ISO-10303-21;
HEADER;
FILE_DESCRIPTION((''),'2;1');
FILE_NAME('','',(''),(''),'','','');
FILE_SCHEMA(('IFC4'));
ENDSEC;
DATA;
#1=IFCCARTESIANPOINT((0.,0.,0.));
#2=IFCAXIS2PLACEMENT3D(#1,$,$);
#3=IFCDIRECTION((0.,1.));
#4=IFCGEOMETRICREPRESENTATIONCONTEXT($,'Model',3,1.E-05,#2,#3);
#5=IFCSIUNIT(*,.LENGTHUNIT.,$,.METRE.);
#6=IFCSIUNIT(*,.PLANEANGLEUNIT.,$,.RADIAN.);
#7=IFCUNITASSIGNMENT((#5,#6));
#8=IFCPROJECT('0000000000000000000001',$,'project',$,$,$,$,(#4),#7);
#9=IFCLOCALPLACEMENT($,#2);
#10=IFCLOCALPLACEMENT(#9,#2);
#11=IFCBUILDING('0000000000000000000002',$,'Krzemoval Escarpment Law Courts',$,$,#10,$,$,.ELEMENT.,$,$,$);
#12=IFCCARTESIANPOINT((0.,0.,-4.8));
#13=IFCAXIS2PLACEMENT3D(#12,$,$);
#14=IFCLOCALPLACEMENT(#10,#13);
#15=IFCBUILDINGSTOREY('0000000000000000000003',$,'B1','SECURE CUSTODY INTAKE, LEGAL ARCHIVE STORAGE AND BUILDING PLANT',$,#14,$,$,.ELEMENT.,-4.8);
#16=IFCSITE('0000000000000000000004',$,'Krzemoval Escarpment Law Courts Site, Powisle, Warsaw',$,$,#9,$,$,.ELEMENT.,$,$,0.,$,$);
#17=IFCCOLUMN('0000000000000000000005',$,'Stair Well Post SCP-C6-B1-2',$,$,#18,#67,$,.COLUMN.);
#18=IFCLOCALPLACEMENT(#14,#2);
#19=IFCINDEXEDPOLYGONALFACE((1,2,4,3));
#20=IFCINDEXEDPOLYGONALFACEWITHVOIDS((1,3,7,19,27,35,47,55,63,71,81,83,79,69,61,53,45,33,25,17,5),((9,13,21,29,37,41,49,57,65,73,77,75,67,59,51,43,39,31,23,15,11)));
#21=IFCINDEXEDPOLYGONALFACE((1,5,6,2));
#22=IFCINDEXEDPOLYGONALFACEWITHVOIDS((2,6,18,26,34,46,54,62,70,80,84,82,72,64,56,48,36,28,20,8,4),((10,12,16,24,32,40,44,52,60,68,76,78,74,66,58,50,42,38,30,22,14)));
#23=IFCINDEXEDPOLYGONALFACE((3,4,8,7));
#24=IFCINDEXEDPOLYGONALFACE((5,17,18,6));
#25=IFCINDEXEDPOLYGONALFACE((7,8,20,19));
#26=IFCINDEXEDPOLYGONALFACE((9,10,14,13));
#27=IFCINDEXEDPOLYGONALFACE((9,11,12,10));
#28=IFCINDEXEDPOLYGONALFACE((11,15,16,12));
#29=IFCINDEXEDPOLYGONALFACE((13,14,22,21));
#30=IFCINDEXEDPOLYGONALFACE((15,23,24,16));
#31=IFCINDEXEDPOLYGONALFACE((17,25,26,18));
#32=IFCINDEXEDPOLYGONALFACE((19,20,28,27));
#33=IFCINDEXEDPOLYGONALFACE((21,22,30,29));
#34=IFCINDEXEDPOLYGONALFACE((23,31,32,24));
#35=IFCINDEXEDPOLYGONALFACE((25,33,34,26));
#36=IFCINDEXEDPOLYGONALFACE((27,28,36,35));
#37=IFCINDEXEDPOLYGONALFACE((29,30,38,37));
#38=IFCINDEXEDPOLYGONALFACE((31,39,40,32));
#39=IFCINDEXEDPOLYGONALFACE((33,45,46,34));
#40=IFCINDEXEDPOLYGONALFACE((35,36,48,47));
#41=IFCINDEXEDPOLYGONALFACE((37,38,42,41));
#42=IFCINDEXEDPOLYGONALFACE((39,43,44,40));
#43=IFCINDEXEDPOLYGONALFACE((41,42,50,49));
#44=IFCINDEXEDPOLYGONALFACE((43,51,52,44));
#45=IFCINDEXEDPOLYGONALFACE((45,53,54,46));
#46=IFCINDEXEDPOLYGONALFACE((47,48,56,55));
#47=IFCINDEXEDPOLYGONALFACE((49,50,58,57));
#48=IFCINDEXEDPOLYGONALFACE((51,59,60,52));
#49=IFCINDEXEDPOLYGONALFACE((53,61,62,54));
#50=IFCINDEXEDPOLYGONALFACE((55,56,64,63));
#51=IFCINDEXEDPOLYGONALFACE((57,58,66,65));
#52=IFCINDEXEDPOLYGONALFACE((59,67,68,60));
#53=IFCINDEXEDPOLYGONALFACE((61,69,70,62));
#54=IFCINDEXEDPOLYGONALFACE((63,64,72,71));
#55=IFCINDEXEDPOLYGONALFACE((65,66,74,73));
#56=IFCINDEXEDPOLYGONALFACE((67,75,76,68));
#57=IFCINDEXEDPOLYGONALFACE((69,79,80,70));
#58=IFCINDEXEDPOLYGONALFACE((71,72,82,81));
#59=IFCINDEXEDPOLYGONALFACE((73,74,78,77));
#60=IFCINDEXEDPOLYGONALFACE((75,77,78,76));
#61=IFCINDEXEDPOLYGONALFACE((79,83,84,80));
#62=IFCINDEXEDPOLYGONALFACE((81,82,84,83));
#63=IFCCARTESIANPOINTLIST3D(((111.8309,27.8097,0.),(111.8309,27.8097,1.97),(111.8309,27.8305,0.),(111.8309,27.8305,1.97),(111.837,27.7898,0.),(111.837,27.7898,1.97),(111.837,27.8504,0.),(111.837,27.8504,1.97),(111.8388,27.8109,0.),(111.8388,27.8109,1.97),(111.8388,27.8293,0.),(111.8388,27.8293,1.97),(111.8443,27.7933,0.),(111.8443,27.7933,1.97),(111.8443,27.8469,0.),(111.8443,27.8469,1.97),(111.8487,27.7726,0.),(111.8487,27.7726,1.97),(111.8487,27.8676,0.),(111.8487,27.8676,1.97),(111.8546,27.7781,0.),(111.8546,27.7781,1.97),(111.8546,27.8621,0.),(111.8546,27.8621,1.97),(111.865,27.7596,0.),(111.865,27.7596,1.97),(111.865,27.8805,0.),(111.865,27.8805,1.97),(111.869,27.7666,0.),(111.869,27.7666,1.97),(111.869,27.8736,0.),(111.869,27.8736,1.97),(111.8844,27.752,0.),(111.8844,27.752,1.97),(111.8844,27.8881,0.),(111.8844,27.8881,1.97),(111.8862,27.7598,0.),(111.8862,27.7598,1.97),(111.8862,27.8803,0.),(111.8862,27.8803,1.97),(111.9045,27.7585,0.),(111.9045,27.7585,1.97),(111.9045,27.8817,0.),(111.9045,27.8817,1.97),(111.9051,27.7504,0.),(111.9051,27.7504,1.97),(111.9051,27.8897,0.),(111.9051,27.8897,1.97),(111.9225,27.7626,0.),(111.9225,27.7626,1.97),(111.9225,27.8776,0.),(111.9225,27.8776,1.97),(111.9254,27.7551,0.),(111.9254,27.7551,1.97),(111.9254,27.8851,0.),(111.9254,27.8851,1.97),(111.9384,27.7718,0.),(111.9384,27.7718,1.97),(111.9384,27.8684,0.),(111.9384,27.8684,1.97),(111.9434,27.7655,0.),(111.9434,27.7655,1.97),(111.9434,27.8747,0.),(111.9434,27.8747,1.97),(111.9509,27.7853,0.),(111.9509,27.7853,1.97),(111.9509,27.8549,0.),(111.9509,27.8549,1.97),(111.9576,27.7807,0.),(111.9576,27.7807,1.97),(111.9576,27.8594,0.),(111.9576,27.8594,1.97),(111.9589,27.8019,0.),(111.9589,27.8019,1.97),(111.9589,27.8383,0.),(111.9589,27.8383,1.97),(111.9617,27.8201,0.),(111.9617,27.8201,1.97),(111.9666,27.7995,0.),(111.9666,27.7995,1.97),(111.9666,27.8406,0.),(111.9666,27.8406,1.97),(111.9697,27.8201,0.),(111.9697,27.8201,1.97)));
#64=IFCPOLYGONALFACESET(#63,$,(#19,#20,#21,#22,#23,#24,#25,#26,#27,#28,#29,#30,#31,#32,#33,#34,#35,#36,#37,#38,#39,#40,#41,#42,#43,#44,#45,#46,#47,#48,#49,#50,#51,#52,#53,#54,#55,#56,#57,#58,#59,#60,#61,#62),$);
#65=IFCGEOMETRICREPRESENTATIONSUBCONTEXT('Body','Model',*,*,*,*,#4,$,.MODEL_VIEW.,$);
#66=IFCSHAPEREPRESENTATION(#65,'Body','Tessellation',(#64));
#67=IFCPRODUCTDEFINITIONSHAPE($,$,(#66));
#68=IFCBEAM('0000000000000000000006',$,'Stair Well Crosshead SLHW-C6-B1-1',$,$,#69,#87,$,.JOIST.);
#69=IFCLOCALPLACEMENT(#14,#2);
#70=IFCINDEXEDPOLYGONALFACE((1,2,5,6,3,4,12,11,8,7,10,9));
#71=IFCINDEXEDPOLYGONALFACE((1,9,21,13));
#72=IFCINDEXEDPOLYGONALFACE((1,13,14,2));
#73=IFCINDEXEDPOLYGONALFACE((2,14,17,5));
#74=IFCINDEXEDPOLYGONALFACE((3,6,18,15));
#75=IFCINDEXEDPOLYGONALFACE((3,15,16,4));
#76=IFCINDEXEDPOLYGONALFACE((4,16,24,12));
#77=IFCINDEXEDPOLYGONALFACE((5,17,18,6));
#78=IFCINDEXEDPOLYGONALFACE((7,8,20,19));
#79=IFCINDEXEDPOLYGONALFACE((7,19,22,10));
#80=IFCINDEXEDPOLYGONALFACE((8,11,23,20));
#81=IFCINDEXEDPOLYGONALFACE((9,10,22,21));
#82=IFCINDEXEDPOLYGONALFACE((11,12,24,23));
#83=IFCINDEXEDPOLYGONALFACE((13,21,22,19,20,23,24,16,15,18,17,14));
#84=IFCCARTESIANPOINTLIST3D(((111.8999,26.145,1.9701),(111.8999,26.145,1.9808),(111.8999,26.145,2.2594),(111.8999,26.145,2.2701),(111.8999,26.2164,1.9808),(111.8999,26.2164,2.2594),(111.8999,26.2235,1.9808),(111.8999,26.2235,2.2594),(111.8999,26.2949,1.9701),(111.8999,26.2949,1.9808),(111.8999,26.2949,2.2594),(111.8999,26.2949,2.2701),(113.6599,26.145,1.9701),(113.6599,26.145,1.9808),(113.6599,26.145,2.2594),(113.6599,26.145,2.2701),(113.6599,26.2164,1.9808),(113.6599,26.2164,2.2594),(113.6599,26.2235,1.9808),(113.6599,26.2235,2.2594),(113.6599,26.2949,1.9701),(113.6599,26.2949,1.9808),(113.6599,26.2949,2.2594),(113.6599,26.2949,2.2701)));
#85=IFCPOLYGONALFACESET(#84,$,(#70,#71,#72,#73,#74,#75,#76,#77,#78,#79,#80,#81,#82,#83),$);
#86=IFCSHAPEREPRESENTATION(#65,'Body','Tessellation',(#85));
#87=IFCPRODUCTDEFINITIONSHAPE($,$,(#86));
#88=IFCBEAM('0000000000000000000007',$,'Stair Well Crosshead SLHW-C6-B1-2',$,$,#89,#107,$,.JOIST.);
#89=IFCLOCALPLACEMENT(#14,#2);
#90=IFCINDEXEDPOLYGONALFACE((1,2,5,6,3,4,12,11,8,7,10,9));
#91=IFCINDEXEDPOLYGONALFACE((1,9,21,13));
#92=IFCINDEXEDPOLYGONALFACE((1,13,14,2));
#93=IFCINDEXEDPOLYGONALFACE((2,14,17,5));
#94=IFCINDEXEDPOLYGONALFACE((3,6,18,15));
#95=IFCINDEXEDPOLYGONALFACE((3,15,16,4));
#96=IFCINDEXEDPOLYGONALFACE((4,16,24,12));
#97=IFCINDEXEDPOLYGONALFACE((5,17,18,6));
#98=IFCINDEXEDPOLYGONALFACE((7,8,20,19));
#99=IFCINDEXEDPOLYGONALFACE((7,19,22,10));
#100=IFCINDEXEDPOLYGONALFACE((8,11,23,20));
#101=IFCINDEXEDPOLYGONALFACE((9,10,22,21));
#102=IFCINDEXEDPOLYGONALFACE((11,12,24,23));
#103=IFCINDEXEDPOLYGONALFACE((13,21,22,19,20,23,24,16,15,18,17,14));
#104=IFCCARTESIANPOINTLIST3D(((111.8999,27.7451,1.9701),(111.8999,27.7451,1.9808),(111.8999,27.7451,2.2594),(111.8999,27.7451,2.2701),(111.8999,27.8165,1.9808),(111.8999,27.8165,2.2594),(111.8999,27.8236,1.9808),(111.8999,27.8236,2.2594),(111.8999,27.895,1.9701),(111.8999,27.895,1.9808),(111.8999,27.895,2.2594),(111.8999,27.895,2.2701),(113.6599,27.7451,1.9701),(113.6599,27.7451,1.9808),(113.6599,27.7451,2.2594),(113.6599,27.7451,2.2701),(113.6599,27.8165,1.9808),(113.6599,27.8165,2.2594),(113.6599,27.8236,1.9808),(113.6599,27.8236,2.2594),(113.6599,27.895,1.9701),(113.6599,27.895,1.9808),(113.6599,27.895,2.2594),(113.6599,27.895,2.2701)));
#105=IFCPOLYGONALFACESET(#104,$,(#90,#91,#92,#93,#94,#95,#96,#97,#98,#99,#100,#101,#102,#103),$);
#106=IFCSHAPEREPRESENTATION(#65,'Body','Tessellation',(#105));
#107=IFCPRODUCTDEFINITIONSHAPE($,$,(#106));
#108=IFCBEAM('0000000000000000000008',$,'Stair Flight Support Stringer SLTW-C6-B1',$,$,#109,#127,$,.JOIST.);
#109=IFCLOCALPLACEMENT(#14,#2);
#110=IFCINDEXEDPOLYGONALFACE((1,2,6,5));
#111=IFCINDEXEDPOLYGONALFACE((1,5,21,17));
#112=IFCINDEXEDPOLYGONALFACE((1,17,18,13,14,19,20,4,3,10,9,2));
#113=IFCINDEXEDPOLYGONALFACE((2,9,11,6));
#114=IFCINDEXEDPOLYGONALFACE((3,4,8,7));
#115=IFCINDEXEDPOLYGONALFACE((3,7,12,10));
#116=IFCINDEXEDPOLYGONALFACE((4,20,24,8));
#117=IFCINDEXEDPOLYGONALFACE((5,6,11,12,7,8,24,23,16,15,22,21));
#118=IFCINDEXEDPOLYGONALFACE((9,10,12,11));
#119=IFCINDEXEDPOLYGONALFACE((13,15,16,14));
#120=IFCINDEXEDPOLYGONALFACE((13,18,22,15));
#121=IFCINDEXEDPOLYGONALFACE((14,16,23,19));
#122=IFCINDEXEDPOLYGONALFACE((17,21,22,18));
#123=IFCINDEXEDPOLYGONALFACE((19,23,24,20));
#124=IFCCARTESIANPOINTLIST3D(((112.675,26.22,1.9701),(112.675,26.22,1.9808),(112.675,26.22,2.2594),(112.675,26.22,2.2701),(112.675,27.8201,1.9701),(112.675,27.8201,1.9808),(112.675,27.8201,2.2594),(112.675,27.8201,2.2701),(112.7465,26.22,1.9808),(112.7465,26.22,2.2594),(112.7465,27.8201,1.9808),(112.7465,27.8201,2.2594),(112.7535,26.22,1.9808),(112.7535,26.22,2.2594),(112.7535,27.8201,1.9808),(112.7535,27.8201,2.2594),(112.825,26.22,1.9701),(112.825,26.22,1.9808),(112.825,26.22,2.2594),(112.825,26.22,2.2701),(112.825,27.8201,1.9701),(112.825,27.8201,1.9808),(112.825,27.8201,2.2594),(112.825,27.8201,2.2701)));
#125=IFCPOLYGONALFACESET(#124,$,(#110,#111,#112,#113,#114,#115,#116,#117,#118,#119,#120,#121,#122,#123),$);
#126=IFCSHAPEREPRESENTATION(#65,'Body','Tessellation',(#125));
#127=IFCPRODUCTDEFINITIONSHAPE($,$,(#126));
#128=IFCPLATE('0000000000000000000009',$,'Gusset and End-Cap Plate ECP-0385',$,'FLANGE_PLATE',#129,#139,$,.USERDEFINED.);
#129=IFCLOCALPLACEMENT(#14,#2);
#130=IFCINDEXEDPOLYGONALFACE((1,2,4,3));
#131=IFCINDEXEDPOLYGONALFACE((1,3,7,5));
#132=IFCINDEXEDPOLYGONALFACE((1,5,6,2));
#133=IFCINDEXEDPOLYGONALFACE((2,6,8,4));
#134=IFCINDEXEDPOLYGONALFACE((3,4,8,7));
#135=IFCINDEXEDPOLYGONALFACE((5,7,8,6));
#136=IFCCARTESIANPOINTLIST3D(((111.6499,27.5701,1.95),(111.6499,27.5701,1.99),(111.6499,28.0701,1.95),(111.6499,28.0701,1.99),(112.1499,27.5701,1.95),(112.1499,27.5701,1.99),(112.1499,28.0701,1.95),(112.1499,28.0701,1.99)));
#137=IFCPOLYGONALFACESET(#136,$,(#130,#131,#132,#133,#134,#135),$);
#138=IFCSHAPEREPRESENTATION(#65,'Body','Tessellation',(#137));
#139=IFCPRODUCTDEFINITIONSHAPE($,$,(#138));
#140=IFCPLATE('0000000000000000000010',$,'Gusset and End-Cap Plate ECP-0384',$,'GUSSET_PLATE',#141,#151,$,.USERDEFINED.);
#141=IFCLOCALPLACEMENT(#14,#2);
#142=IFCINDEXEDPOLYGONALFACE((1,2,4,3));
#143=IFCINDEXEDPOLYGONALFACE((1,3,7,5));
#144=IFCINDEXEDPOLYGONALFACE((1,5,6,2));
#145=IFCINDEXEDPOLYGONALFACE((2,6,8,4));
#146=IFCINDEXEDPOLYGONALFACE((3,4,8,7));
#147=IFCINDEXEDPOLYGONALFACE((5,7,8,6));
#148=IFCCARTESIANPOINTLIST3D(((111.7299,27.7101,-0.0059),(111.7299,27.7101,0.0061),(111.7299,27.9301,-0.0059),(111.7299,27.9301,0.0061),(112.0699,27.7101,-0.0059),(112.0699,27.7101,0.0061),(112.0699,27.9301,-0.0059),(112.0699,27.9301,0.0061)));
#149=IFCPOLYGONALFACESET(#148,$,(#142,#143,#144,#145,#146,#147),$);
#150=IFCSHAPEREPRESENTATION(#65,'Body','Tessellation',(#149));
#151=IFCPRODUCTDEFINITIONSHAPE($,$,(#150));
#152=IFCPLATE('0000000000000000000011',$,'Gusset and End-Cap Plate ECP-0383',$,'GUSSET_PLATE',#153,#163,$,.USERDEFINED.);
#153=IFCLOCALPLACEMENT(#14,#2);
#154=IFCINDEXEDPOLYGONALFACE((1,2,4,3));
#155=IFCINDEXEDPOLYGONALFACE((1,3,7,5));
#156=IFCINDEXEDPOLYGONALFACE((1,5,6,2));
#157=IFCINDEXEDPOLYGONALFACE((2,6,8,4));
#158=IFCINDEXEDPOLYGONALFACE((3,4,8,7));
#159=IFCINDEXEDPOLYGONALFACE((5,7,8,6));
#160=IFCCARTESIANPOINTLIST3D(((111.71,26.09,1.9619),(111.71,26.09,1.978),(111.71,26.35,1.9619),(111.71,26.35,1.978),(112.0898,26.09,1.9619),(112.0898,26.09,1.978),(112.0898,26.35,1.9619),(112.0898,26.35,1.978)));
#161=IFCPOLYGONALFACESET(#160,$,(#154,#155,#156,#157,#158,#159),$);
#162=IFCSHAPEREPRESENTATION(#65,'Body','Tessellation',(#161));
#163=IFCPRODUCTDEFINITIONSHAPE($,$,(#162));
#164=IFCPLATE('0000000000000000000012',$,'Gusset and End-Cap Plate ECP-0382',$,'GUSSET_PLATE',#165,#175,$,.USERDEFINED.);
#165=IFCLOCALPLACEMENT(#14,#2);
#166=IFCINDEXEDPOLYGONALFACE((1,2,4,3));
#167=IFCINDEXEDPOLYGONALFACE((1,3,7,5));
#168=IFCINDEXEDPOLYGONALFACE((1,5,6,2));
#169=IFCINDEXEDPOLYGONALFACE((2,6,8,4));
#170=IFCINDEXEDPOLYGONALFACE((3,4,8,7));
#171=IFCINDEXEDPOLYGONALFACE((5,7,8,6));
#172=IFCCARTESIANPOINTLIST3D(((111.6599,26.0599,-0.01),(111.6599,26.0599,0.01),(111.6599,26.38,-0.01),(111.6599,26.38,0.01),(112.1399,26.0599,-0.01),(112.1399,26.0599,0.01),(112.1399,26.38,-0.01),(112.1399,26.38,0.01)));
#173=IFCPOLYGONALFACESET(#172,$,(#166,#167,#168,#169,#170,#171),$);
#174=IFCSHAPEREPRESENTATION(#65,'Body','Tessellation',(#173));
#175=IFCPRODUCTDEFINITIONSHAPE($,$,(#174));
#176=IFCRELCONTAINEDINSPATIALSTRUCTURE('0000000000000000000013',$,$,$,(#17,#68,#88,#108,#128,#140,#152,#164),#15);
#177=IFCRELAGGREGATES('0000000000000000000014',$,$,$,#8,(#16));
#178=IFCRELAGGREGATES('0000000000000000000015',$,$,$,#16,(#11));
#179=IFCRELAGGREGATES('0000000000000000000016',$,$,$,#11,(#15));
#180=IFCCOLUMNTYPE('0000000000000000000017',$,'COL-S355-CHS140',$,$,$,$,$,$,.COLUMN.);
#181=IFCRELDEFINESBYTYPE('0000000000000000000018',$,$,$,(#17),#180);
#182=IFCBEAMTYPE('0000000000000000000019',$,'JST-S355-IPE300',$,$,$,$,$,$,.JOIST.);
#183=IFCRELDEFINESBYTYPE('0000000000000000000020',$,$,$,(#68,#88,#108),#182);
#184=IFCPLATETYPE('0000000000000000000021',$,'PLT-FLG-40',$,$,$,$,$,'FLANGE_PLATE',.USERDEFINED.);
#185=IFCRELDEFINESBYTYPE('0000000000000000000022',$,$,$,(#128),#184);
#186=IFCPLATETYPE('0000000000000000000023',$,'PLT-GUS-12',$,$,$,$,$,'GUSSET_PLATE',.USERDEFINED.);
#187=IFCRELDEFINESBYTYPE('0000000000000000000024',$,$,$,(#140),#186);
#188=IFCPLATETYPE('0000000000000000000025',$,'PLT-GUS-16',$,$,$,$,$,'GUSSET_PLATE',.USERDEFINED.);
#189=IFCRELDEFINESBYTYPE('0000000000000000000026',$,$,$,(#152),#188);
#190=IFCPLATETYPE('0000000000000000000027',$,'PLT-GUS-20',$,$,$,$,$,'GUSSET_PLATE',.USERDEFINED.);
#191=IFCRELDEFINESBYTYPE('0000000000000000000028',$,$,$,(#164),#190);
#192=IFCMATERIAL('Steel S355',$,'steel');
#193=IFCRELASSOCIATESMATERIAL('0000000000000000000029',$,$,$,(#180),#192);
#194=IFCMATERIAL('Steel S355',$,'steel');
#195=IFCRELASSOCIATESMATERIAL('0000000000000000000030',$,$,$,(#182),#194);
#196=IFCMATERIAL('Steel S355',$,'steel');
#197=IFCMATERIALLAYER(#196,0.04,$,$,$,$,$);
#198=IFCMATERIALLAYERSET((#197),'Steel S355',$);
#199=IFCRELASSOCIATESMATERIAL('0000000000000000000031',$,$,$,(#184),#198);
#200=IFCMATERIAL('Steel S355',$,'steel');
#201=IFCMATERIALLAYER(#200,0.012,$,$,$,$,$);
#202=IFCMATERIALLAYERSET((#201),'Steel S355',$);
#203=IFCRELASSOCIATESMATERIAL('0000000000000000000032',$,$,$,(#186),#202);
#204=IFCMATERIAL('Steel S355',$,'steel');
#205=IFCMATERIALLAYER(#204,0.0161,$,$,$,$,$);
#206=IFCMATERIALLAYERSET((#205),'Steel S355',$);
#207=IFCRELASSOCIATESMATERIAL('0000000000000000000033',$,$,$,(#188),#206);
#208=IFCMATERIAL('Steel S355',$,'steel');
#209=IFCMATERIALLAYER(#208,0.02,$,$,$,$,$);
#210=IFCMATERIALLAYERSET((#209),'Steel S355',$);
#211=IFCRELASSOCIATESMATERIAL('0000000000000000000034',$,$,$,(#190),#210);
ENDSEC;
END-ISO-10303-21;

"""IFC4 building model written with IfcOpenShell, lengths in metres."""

from ifc_helpers import new_model, si_unit, direction, frame, origin, origin_2d, place, context, subcontext, project, spatial, rectangle, hollow_circle, i_section, extrude, material, layer, layer_set, material_profile, profile_set, type_object, element, save


model = new_model("IFC4")

# Units and contexts
model_context = context("Model", 3, precision=1e-05, world=origin(), true_north=direction((0.0, 1.0)))
body_context = subcontext(model_context, "Body", "Model", "MODEL_VIEW")
ifc_project = project(units=[si_unit("LENGTHUNIT", "METRE"), si_unit("PLANEANGLEUNIT", "RADIAN")], contexts=[model_context])

# Site, building, storey
site_placement = place(None, origin())
site = spatial("IfcSite", under=ifc_project, at=site_placement, Name="Krzemoval Escarpment Law Courts Site, Powisle, Warsaw", CompositionType="ELEMENT", RefElevation=0.0)
building_placement = place(site_placement, origin())
building = spatial("IfcBuilding", under=site, at=building_placement, Name="Krzemoval Escarpment Law Courts", CompositionType="ELEMENT")
storey_placement = place(building_placement, frame((0.0, 0.0, -4.8)))
storey = spatial("IfcBuildingStorey", under=building, at=storey_placement, Name="B1", Description="SECURE CUSTODY INTAKE, LEGAL ARCHIVE STORAGE AND BUILDING PLANT", CompositionType="ELEMENT", Elevation=-4.8)

# Column
ifc_material_1 = material(Name="Steel S355", Category="steel")
ifc_material_profile_1 = material_profile(ifc_material_1, hollow_circle(Radius=0.0698, WallThickness=0.0081, at=origin_2d()), Name="CHS 139.7x8")
ifc_profile_set_1 = profile_set([ifc_material_profile_1], Name="Steel S355")
column_type = type_object("IfcColumnType", Name="COL-S355-CHS140", PredefinedType="COLUMN", material=ifc_profile_set_1)
for number, where, z_axis, x_axis, name in (
    (1, (111.8999, 27.8201, 0.0), (0.0, 0.0, 1.0), (1.0, 0.0, 0.0), "Stair Well Post SCP-C6-B1-2"),
):
    element("IfcColumn", number, at=place(storey_placement, frame(where, z_axis=z_axis, x_axis=x_axis)), inside=storey, type_object=column_type, Name=name, PredefinedType="COLUMN", context=body_context, shape_type="SweptSolid", body=[
        extrude(hollow_circle(Radius=0.0698, WallThickness=0.0081, at=origin_2d()), origin(), (0.0, 0.0, 1.0), 1.97),
    ])

# Beams
ifc_material_2 = material(Name="Steel S355", Category="steel")
ifc_material_profile_2 = material_profile(ifc_material_2, i_section(OverallWidth=0.1499, OverallDepth=0.3, WebThickness=0.0071, FlangeThickness=0.0107, at=origin_2d()), Name="IPE 300")
ifc_profile_set_2 = profile_set([ifc_material_profile_2], Name="Steel S355")
beam_type = type_object("IfcBeamType", Name="JST-S355-IPE300", PredefinedType="JOIST", material=ifc_profile_set_2)
for number, where, z_axis, x_axis, name in (
    (2, (111.8999, 26.22, 2.1201), (1.0, 0.0, 0.0), (0.0, 1.0, 0.0), "Stair Well Crosshead SLHW-C6-B1-1"),
    (3, (111.8999, 27.8201, 2.1201), (1.0, 0.0, 0.0), (0.0, 1.0, 0.0), "Stair Well Crosshead SLHW-C6-B1-2"),
):
    element("IfcBeam", number, at=place(storey_placement, frame(where, z_axis=z_axis, x_axis=x_axis)), inside=storey, type_object=beam_type, Name=name, PredefinedType="JOIST", context=body_context, shape_type="SweptSolid", body=[
        extrude(i_section(OverallWidth=0.1499, OverallDepth=0.3, WebThickness=0.0071, FlangeThickness=0.0107, at=origin_2d()), origin(), (0.0, 0.0, 1.0), 1.76),
    ])
beam_placement = place(storey_placement, frame((112.75, 26.22, 2.1201), z_axis=(0.0, 1.0, 0.0), x_axis=(-1.0, 0.0, 0.0)))
element("IfcBeam", 4, at=beam_placement, inside=storey, type_object=beam_type, Name="Stair Flight Support Stringer SLTW-C6-B1", PredefinedType="JOIST", context=body_context, shape_type="SweptSolid", body=[
    extrude(i_section(OverallWidth=0.1499, OverallDepth=0.3, WebThickness=0.0071, FlangeThickness=0.0107, at=origin_2d()), origin(), (0.0, 0.0, 1.0), 1.6001),
])

# Plates
ifc_material_3 = material(Name="Steel S355", Category="steel")
ifc_layer_1 = layer(ifc_material_3, 0.04)
ifc_layer_set_1 = layer_set([ifc_layer_1], Name="Steel S355")
plate_type_1 = type_object("IfcPlateType", Name="PLT-FLG-40", ElementType="FLANGE_PLATE", PredefinedType="USERDEFINED", material=ifc_layer_set_1)
plate_1_placement = place(storey_placement, frame((111.8999, 27.8201, 1.95), z_axis=(0.0, 0.0, 1.0), x_axis=(1.0, 0.0, 0.0)))
element("IfcPlate", 5, at=plate_1_placement, inside=storey, type_object=plate_type_1, Name="Gusset and End-Cap Plate ECP-0385", ObjectType="FLANGE_PLATE", PredefinedType="USERDEFINED", context=body_context, shape_type="SweptSolid", body=[
    extrude(rectangle(XDim=0.5, YDim=0.5, at=origin_2d()), origin(), (0.0, 0.0, 1.0), 0.04),
])
ifc_material_4 = material(Name="Steel S355", Category="steel")
ifc_layer_2 = layer(ifc_material_4, 0.012)
ifc_layer_set_2 = layer_set([ifc_layer_2], Name="Steel S355")
plate_type_2 = type_object("IfcPlateType", Name="PLT-GUS-12", ElementType="GUSSET_PLATE", PredefinedType="USERDEFINED", material=ifc_layer_set_2)
plate_2_placement = place(storey_placement, frame((111.8999, 27.8201, -0.0059), z_axis=(0.0, 0.0, 1.0), x_axis=(1.0, 0.0, 0.0)))
element("IfcPlate", 6, at=plate_2_placement, inside=storey, type_object=plate_type_2, Name="Gusset and End-Cap Plate ECP-0384", ObjectType="GUSSET_PLATE", PredefinedType="USERDEFINED", context=body_context, shape_type="SweptSolid", body=[
    extrude(rectangle(XDim=0.3401, YDim=0.22, at=origin_2d()), origin(), (0.0, 0.0, 1.0), 0.012),
])
ifc_material_5 = material(Name="Steel S355", Category="steel")
ifc_layer_3 = layer(ifc_material_5, 0.0161)
ifc_layer_set_3 = layer_set([ifc_layer_3], Name="Steel S355")
plate_type_3 = type_object("IfcPlateType", Name="PLT-GUS-16", ElementType="GUSSET_PLATE", PredefinedType="USERDEFINED", material=ifc_layer_set_3)
plate_3_placement = place(storey_placement, frame((111.8999, 26.22, 1.9619), z_axis=(0.0, 0.0, 1.0), x_axis=(1.0, 0.0, 0.0)))
element("IfcPlate", 7, at=plate_3_placement, inside=storey, type_object=plate_type_3, Name="Gusset and End-Cap Plate ECP-0383", ObjectType="GUSSET_PLATE", PredefinedType="USERDEFINED", context=body_context, shape_type="SweptSolid", body=[
    extrude(rectangle(XDim=0.3799, YDim=0.26, at=origin_2d()), origin(), (0.0, 0.0, 1.0), 0.0161),
])
ifc_material_6 = material(Name="Steel S355", Category="steel")
ifc_layer_4 = layer(ifc_material_6, 0.02)
ifc_layer_set_4 = layer_set([ifc_layer_4], Name="Steel S355")
plate_type_4 = type_object("IfcPlateType", Name="PLT-GUS-20", ElementType="GUSSET_PLATE", PredefinedType="USERDEFINED", material=ifc_layer_set_4)
plate_4_placement = place(storey_placement, frame((111.8999, 26.22, -0.01), z_axis=(0.0, 0.0, 1.0), x_axis=(1.0, 0.0, 0.0)))
element("IfcPlate", 8, at=plate_4_placement, inside=storey, type_object=plate_type_4, Name="Gusset and End-Cap Plate ECP-0382", ObjectType="GUSSET_PLATE", PredefinedType="USERDEFINED", context=body_context, shape_type="SweptSolid", body=[
    extrude(rectangle(XDim=0.48, YDim=0.3201, at=origin_2d()), origin(), (0.0, 0.0, 1.0), 0.02),
])

save(model, "model.ifc")
